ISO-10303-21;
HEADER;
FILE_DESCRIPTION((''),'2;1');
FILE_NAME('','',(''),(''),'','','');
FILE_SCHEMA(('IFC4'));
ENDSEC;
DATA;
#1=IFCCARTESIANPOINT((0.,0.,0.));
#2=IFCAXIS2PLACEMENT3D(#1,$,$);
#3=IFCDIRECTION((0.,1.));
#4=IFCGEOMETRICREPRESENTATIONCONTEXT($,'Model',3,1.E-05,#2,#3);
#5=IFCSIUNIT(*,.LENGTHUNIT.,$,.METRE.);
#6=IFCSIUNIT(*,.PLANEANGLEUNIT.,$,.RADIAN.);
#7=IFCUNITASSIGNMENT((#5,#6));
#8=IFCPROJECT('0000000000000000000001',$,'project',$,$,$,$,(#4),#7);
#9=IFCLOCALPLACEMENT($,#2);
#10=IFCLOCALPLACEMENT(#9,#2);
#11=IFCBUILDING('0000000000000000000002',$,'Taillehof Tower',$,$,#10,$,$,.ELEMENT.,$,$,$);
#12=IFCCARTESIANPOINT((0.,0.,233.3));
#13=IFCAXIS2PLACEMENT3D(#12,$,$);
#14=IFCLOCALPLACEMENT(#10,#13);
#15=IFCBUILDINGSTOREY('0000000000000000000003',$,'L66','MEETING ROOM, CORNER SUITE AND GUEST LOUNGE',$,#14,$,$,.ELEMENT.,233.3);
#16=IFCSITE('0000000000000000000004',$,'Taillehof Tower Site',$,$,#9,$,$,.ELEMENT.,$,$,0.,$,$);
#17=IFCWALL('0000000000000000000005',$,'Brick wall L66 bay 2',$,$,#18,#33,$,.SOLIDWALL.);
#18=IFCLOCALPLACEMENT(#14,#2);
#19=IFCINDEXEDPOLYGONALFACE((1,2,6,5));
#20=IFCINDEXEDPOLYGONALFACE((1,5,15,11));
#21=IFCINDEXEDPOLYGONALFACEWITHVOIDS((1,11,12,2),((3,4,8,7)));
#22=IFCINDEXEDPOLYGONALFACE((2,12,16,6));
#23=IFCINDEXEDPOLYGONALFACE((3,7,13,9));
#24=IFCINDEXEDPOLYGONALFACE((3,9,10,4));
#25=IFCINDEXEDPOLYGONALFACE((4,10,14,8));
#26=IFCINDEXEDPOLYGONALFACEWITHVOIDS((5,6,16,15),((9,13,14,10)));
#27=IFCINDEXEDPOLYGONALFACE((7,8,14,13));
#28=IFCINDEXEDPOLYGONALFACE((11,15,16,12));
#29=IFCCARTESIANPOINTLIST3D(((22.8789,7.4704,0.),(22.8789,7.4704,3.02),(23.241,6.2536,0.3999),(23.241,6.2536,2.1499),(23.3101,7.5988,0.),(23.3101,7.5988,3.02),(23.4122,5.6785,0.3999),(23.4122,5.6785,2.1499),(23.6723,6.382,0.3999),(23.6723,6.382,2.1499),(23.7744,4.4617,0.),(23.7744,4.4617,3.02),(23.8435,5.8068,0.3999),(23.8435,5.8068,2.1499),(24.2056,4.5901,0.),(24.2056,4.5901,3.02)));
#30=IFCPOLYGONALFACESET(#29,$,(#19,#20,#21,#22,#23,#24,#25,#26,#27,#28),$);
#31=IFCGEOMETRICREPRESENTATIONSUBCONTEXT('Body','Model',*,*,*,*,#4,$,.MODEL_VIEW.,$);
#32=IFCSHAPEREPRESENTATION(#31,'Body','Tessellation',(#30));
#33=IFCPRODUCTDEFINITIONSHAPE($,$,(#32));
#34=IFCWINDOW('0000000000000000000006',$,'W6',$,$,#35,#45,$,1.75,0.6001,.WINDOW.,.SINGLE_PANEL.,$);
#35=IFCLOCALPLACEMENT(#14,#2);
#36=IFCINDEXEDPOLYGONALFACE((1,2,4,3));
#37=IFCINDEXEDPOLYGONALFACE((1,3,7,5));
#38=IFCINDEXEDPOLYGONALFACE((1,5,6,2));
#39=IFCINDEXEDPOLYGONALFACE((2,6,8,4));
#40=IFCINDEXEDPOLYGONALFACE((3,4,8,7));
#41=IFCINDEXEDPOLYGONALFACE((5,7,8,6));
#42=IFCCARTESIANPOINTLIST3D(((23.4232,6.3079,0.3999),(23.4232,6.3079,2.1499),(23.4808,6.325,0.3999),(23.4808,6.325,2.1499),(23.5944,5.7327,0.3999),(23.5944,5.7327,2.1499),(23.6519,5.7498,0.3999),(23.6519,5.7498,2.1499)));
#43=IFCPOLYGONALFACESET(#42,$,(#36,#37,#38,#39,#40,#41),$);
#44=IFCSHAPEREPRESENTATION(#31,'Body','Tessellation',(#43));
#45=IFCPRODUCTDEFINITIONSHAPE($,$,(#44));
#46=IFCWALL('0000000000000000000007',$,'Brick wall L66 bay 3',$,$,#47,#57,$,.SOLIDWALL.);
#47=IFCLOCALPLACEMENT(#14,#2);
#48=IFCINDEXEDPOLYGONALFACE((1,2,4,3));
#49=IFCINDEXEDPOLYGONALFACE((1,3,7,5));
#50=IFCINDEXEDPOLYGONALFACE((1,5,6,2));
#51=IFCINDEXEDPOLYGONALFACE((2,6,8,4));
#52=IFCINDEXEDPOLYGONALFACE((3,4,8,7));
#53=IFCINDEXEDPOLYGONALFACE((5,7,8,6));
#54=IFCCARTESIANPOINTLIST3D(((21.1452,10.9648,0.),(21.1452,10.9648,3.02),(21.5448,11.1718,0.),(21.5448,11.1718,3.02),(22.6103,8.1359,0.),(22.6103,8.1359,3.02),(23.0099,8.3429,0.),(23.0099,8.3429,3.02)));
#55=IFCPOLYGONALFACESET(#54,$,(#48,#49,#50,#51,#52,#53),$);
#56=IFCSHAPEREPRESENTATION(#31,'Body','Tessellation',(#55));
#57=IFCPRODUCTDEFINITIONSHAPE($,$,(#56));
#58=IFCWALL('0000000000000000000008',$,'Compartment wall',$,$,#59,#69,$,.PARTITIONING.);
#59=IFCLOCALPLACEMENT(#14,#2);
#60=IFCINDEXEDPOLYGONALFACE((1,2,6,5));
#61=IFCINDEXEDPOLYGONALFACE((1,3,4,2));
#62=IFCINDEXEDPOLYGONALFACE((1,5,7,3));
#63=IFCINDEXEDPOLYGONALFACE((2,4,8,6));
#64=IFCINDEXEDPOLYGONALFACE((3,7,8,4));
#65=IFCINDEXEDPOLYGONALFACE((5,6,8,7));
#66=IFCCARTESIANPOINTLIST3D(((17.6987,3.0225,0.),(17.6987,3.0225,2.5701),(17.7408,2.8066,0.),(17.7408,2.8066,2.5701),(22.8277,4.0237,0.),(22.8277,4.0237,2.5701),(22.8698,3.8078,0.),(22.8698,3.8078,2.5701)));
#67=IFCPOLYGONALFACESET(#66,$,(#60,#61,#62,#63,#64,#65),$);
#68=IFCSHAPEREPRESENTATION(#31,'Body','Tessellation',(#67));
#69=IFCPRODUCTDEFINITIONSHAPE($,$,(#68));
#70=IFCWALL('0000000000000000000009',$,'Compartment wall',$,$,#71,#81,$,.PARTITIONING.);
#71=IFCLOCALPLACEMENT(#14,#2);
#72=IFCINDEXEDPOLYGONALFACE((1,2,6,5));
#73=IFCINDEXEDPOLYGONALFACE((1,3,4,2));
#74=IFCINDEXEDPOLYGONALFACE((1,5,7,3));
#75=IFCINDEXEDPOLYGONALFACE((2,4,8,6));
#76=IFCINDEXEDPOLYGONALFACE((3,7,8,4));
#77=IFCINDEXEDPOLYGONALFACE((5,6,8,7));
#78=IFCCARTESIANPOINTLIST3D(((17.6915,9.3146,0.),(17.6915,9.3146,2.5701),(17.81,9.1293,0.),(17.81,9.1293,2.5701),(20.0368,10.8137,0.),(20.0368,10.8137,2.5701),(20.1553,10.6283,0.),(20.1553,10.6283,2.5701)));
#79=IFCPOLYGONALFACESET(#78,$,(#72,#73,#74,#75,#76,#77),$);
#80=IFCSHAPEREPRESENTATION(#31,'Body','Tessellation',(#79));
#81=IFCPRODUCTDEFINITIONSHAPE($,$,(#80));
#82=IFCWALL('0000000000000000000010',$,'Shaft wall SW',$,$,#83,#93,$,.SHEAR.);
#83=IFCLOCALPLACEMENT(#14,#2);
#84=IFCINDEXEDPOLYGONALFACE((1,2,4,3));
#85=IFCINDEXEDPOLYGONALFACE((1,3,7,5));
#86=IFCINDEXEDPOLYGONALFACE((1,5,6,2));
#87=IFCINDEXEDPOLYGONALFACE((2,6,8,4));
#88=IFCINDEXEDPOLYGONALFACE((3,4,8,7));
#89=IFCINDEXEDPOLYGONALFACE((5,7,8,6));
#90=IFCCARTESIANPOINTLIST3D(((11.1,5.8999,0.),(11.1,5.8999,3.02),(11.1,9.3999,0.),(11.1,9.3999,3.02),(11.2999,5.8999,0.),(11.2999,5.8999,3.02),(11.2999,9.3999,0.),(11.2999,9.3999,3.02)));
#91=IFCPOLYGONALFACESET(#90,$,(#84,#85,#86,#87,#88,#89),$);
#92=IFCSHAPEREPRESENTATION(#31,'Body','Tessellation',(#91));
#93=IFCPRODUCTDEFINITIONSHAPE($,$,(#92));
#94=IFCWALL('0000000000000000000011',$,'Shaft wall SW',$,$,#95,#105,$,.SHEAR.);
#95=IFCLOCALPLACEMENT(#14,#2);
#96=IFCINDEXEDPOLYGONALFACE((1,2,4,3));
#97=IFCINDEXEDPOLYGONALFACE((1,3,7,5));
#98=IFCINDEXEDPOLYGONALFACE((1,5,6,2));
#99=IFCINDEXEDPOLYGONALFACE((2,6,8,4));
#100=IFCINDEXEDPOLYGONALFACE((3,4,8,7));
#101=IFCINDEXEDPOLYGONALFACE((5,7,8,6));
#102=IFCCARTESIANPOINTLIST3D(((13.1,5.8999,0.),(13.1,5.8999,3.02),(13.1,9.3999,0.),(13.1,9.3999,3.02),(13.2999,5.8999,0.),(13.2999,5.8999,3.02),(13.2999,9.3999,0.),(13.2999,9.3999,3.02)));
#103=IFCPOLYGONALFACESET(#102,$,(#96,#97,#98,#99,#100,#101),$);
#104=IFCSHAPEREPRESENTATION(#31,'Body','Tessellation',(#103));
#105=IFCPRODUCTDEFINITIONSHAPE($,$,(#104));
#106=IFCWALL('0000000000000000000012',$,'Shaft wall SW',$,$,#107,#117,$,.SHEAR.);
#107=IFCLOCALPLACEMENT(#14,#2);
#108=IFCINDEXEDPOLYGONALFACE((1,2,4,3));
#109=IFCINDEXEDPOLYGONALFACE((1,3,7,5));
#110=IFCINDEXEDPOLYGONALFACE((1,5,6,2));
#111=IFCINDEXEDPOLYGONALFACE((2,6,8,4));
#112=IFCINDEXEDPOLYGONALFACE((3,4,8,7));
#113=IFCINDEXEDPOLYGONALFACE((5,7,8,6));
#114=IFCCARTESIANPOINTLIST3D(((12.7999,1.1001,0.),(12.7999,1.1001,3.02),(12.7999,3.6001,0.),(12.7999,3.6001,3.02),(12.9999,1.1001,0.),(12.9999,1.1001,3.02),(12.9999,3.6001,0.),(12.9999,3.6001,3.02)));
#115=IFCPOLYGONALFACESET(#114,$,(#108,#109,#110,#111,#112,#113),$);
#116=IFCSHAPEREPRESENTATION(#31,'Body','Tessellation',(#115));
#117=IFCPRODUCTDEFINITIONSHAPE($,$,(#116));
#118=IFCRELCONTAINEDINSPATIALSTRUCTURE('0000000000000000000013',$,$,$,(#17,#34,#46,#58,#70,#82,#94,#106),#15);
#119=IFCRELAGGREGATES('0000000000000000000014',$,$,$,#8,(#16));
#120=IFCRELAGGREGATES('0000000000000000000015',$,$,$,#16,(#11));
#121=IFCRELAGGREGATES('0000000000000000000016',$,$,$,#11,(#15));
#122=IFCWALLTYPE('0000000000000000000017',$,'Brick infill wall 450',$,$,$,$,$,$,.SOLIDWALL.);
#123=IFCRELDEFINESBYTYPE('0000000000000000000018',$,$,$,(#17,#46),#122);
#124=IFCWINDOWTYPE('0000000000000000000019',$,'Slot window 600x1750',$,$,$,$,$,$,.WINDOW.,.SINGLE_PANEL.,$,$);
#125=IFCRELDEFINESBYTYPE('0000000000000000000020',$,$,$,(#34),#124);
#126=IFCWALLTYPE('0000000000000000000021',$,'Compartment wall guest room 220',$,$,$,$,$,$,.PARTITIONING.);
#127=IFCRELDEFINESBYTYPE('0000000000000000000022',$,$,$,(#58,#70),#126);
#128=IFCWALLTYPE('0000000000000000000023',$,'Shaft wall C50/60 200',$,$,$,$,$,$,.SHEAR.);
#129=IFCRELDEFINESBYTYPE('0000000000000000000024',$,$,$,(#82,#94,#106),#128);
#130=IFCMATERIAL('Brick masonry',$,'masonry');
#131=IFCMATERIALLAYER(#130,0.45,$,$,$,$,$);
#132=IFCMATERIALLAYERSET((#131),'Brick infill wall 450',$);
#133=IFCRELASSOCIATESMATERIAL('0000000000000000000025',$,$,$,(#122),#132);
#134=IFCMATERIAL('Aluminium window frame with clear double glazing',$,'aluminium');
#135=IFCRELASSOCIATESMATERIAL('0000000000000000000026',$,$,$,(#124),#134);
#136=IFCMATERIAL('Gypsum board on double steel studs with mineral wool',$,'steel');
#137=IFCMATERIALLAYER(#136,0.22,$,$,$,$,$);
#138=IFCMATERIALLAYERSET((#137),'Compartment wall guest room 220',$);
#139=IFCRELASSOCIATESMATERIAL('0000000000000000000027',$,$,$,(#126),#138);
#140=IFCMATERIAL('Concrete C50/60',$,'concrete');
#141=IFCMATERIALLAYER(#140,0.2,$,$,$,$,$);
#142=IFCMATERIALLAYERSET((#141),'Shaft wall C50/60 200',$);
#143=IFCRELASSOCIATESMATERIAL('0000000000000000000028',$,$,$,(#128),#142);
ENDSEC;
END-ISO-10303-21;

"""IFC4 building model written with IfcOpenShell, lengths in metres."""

from ifc_helpers import new_model, si_unit, direction, frame, frame_2d, origin, place, context, subcontext, project, spatial, rectangle, extrude, material, layer, layer_set, type_object, element, fill, save


model = new_model("IFC4")

# Units and contexts
model_context = context("Model", 3, precision=1e-05, world=origin(), true_north=direction((0.0, 1.0)))
body_context = subcontext(model_context, "Body", "Model", "MODEL_VIEW")
ifc_project = project(units=[si_unit("LENGTHUNIT", "METRE"), si_unit("PLANEANGLEUNIT", "RADIAN")], contexts=[model_context])

# Site, building, storey
site_placement = place(None, origin())
site = spatial("IfcSite", under=ifc_project, at=site_placement, Name="Taillehof Tower Site", CompositionType="ELEMENT", RefElevation=0.0)
building_placement = place(site_placement, origin())
building = spatial("IfcBuilding", under=site, at=building_placement, Name="Taillehof Tower", CompositionType="ELEMENT")
storey_placement = place(building_placement, frame((0.0, 0.0, 233.3)))
storey = spatial("IfcBuildingStorey", under=building, at=storey_placement, Name="L66", Description="MEETING ROOM, CORNER SUITE AND GUEST LOUNGE", CompositionType="ELEMENT", Elevation=233.3)

# Shared definitions
ifc_material_1 = material(Name="Brick masonry", Category="masonry")
ifc_layer_1 = layer(ifc_material_1, 0.45)
ifc_layer_set_1 = layer_set([ifc_layer_1], Name="Brick infill wall 450")
wall_type_1 = type_object("IfcWallType", Name="Brick infill wall 450", PredefinedType="SOLIDWALL", material=ifc_layer_set_1)

# Wall, opening, window
wall_1_placement = place(storey_placement, frame((23.99, 4.5259, 0.0), z_axis=(0.0, 0.0, 1.0), x_axis=(-0.285264, 0.958449, 0.0)))
wall_1 = element("IfcWall", 1, at=wall_1_placement, inside=storey, type_object=wall_type_1, Name="Brick wall L66 bay 2", PredefinedType="SOLIDWALL", context=body_context, shape_type="SweptSolid", body=[
    extrude(rectangle(XDim=3.1392, YDim=0.45, at=frame_2d((1.5696, 0.0))), origin(), (0.0, 0.0, 1.0), 3.02),
])
opening_placement = place(wall_1_placement, frame((1.2695, 0.0, 0.3999)))
opening = element("IfcOpeningElement", 2, at=opening_placement, cuts=wall_1, PredefinedType="OPENING", context=body_context, shape_type="SweptSolid", body=[
    extrude(rectangle(XDim=0.6001, YDim=1.75, at=frame_2d((0.3, 0.875))), frame((0.0, 0.2349, 0.0), z_axis=(0.0, -1.0, 0.0), x_axis=(1.0, 0.0, 0.0)), (0.0, 0.0, 1.0), 0.47),
])
ifc_material_2 = material(Name="Aluminium window frame with clear double glazing", Category="aluminium")
window_type = type_object("IfcWindowType", Name="Slot window 600x1750", PartitioningType="SINGLE_PANEL", PredefinedType="WINDOW", material=ifc_material_2)
window_placement = place(opening_placement, origin())
window = element("IfcWindow", 3, at=window_placement, inside=storey, type_object=window_type, Name="W6", OverallHeight=1.75, OverallWidth=0.6001, PartitioningType="SINGLE_PANEL", PredefinedType="WINDOW", context=body_context, shape_type="SweptSolid", body=[
    extrude(rectangle(XDim=0.6001, YDim=1.75, at=frame_2d((0.3, 0.875))), frame((0.0, 0.0349, 0.0), z_axis=(0.0, -1.0, 0.0), x_axis=(1.0, 0.0, 0.0)), (0.0, 0.0, 1.0), 0.0601),
])
fill(opening, window)

# Walls
wall_2_placement = place(storey_placement, frame((22.8101, 8.2395, 0.0), z_axis=(0.0, 0.0, 1.0), x_axis=(-0.45989, 0.887976, 0.0)))
element("IfcWall", 4, at=wall_2_placement, inside=storey, type_object=wall_type_1, Name="Brick wall L66 bay 3", PredefinedType="SOLIDWALL", context=body_context, shape_type="SweptSolid", body=[
    extrude(rectangle(XDim=3.1858, YDim=0.45, at=frame_2d((1.5928, 0.0))), origin(), (0.0, 0.0, 1.0), 3.02),
])
ifc_material_3 = material(Name="Gypsum board on double steel studs with mineral wool", Category="steel")
ifc_layer_2 = layer(ifc_material_3, 0.22)
ifc_layer_set_2 = layer_set([ifc_layer_2], Name="Compartment wall guest room 220")
wall_type_2 = type_object("IfcWallType", Name="Compartment wall guest room 220", PredefinedType="PARTITIONING", material=ifc_layer_set_2)
wall_3_placement = place(storey_placement, frame((22.8486, 3.9158, 0.0), z_axis=(0.0, 0.0, 1.0), x_axis=(-0.981474, -0.191595, 0.0)))
element("IfcWall", 5, at=wall_3_placement, inside=storey, type_object=wall_type_2, Name="Compartment wall", PredefinedType="PARTITIONING", context=body_context, shape_type="SweptSolid", body=[
    extrude(rectangle(XDim=5.2258, YDim=0.22, at=frame_2d((2.6128, 0.0))), origin(), (0.0, 0.0, 1.0), 2.5701),
])
wall_4_placement = place(storey_placement, frame((20.0959, 10.7209, 0.0), z_axis=(0.0, 0.0, 1.0), x_axis=(-0.842583, -0.538566, 0.0)))
element("IfcWall", 6, at=wall_4_placement, inside=storey, type_object=wall_type_2, Name="Compartment wall", PredefinedType="PARTITIONING", context=body_context, shape_type="SweptSolid", body=[
    extrude(rectangle(XDim=2.7834, YDim=0.22, at=frame_2d((1.3916, 0.0))), origin(), (0.0, 0.0, 1.0), 2.5701),
])
ifc_material_4 = material(Name="Concrete C50/60", Category="concrete")
ifc_layer_3 = layer(ifc_material_4, 0.2)
ifc_layer_set_3 = layer_set([ifc_layer_3], Name="Shaft wall C50/60 200")
wall_type_3 = type_object("IfcWallType", Name="Shaft wall C50/60 200", PredefinedType="SHEAR", material=ifc_layer_set_3)
for number, where, z_axis, x_axis, name in (
    (7, (11.2, 5.8999, 0.0), (0.0, 0.0, 1.0), (0.0, 1.0, 0.0), "Shaft wall SW"),
    (8, (13.2, 5.8999, 0.0), (0.0, 0.0, 1.0), (0.0, 1.0, 0.0), "Shaft wall SW"),
):
    element("IfcWall", number, at=place(storey_placement, frame(where, z_axis=z_axis, x_axis=x_axis)), inside=storey, type_object=wall_type_3, Name=name, PredefinedType="SHEAR", context=body_context, shape_type="SweptSolid", body=[
        extrude(rectangle(XDim=3.5, YDim=0.2, at=frame_2d((1.75, 0.0))), origin(), (0.0, 0.0, 1.0), 3.02),
    ])
wall_5_placement = place(storey_placement, frame((12.8999, 1.1001, 0.0), z_axis=(0.0, 0.0, 1.0), x_axis=(0.0, 1.0, 0.0)))
element("IfcWall", 9, at=wall_5_placement, inside=storey, type_object=wall_type_3, Name="Shaft wall SW", PredefinedType="SHEAR", context=body_context, shape_type="SweptSolid", body=[
    extrude(rectangle(XDim=2.5, YDim=0.2, at=frame_2d((1.25, 0.0))), origin(), (0.0, 0.0, 1.0), 3.02),
])

save(model, "model.ifc")
